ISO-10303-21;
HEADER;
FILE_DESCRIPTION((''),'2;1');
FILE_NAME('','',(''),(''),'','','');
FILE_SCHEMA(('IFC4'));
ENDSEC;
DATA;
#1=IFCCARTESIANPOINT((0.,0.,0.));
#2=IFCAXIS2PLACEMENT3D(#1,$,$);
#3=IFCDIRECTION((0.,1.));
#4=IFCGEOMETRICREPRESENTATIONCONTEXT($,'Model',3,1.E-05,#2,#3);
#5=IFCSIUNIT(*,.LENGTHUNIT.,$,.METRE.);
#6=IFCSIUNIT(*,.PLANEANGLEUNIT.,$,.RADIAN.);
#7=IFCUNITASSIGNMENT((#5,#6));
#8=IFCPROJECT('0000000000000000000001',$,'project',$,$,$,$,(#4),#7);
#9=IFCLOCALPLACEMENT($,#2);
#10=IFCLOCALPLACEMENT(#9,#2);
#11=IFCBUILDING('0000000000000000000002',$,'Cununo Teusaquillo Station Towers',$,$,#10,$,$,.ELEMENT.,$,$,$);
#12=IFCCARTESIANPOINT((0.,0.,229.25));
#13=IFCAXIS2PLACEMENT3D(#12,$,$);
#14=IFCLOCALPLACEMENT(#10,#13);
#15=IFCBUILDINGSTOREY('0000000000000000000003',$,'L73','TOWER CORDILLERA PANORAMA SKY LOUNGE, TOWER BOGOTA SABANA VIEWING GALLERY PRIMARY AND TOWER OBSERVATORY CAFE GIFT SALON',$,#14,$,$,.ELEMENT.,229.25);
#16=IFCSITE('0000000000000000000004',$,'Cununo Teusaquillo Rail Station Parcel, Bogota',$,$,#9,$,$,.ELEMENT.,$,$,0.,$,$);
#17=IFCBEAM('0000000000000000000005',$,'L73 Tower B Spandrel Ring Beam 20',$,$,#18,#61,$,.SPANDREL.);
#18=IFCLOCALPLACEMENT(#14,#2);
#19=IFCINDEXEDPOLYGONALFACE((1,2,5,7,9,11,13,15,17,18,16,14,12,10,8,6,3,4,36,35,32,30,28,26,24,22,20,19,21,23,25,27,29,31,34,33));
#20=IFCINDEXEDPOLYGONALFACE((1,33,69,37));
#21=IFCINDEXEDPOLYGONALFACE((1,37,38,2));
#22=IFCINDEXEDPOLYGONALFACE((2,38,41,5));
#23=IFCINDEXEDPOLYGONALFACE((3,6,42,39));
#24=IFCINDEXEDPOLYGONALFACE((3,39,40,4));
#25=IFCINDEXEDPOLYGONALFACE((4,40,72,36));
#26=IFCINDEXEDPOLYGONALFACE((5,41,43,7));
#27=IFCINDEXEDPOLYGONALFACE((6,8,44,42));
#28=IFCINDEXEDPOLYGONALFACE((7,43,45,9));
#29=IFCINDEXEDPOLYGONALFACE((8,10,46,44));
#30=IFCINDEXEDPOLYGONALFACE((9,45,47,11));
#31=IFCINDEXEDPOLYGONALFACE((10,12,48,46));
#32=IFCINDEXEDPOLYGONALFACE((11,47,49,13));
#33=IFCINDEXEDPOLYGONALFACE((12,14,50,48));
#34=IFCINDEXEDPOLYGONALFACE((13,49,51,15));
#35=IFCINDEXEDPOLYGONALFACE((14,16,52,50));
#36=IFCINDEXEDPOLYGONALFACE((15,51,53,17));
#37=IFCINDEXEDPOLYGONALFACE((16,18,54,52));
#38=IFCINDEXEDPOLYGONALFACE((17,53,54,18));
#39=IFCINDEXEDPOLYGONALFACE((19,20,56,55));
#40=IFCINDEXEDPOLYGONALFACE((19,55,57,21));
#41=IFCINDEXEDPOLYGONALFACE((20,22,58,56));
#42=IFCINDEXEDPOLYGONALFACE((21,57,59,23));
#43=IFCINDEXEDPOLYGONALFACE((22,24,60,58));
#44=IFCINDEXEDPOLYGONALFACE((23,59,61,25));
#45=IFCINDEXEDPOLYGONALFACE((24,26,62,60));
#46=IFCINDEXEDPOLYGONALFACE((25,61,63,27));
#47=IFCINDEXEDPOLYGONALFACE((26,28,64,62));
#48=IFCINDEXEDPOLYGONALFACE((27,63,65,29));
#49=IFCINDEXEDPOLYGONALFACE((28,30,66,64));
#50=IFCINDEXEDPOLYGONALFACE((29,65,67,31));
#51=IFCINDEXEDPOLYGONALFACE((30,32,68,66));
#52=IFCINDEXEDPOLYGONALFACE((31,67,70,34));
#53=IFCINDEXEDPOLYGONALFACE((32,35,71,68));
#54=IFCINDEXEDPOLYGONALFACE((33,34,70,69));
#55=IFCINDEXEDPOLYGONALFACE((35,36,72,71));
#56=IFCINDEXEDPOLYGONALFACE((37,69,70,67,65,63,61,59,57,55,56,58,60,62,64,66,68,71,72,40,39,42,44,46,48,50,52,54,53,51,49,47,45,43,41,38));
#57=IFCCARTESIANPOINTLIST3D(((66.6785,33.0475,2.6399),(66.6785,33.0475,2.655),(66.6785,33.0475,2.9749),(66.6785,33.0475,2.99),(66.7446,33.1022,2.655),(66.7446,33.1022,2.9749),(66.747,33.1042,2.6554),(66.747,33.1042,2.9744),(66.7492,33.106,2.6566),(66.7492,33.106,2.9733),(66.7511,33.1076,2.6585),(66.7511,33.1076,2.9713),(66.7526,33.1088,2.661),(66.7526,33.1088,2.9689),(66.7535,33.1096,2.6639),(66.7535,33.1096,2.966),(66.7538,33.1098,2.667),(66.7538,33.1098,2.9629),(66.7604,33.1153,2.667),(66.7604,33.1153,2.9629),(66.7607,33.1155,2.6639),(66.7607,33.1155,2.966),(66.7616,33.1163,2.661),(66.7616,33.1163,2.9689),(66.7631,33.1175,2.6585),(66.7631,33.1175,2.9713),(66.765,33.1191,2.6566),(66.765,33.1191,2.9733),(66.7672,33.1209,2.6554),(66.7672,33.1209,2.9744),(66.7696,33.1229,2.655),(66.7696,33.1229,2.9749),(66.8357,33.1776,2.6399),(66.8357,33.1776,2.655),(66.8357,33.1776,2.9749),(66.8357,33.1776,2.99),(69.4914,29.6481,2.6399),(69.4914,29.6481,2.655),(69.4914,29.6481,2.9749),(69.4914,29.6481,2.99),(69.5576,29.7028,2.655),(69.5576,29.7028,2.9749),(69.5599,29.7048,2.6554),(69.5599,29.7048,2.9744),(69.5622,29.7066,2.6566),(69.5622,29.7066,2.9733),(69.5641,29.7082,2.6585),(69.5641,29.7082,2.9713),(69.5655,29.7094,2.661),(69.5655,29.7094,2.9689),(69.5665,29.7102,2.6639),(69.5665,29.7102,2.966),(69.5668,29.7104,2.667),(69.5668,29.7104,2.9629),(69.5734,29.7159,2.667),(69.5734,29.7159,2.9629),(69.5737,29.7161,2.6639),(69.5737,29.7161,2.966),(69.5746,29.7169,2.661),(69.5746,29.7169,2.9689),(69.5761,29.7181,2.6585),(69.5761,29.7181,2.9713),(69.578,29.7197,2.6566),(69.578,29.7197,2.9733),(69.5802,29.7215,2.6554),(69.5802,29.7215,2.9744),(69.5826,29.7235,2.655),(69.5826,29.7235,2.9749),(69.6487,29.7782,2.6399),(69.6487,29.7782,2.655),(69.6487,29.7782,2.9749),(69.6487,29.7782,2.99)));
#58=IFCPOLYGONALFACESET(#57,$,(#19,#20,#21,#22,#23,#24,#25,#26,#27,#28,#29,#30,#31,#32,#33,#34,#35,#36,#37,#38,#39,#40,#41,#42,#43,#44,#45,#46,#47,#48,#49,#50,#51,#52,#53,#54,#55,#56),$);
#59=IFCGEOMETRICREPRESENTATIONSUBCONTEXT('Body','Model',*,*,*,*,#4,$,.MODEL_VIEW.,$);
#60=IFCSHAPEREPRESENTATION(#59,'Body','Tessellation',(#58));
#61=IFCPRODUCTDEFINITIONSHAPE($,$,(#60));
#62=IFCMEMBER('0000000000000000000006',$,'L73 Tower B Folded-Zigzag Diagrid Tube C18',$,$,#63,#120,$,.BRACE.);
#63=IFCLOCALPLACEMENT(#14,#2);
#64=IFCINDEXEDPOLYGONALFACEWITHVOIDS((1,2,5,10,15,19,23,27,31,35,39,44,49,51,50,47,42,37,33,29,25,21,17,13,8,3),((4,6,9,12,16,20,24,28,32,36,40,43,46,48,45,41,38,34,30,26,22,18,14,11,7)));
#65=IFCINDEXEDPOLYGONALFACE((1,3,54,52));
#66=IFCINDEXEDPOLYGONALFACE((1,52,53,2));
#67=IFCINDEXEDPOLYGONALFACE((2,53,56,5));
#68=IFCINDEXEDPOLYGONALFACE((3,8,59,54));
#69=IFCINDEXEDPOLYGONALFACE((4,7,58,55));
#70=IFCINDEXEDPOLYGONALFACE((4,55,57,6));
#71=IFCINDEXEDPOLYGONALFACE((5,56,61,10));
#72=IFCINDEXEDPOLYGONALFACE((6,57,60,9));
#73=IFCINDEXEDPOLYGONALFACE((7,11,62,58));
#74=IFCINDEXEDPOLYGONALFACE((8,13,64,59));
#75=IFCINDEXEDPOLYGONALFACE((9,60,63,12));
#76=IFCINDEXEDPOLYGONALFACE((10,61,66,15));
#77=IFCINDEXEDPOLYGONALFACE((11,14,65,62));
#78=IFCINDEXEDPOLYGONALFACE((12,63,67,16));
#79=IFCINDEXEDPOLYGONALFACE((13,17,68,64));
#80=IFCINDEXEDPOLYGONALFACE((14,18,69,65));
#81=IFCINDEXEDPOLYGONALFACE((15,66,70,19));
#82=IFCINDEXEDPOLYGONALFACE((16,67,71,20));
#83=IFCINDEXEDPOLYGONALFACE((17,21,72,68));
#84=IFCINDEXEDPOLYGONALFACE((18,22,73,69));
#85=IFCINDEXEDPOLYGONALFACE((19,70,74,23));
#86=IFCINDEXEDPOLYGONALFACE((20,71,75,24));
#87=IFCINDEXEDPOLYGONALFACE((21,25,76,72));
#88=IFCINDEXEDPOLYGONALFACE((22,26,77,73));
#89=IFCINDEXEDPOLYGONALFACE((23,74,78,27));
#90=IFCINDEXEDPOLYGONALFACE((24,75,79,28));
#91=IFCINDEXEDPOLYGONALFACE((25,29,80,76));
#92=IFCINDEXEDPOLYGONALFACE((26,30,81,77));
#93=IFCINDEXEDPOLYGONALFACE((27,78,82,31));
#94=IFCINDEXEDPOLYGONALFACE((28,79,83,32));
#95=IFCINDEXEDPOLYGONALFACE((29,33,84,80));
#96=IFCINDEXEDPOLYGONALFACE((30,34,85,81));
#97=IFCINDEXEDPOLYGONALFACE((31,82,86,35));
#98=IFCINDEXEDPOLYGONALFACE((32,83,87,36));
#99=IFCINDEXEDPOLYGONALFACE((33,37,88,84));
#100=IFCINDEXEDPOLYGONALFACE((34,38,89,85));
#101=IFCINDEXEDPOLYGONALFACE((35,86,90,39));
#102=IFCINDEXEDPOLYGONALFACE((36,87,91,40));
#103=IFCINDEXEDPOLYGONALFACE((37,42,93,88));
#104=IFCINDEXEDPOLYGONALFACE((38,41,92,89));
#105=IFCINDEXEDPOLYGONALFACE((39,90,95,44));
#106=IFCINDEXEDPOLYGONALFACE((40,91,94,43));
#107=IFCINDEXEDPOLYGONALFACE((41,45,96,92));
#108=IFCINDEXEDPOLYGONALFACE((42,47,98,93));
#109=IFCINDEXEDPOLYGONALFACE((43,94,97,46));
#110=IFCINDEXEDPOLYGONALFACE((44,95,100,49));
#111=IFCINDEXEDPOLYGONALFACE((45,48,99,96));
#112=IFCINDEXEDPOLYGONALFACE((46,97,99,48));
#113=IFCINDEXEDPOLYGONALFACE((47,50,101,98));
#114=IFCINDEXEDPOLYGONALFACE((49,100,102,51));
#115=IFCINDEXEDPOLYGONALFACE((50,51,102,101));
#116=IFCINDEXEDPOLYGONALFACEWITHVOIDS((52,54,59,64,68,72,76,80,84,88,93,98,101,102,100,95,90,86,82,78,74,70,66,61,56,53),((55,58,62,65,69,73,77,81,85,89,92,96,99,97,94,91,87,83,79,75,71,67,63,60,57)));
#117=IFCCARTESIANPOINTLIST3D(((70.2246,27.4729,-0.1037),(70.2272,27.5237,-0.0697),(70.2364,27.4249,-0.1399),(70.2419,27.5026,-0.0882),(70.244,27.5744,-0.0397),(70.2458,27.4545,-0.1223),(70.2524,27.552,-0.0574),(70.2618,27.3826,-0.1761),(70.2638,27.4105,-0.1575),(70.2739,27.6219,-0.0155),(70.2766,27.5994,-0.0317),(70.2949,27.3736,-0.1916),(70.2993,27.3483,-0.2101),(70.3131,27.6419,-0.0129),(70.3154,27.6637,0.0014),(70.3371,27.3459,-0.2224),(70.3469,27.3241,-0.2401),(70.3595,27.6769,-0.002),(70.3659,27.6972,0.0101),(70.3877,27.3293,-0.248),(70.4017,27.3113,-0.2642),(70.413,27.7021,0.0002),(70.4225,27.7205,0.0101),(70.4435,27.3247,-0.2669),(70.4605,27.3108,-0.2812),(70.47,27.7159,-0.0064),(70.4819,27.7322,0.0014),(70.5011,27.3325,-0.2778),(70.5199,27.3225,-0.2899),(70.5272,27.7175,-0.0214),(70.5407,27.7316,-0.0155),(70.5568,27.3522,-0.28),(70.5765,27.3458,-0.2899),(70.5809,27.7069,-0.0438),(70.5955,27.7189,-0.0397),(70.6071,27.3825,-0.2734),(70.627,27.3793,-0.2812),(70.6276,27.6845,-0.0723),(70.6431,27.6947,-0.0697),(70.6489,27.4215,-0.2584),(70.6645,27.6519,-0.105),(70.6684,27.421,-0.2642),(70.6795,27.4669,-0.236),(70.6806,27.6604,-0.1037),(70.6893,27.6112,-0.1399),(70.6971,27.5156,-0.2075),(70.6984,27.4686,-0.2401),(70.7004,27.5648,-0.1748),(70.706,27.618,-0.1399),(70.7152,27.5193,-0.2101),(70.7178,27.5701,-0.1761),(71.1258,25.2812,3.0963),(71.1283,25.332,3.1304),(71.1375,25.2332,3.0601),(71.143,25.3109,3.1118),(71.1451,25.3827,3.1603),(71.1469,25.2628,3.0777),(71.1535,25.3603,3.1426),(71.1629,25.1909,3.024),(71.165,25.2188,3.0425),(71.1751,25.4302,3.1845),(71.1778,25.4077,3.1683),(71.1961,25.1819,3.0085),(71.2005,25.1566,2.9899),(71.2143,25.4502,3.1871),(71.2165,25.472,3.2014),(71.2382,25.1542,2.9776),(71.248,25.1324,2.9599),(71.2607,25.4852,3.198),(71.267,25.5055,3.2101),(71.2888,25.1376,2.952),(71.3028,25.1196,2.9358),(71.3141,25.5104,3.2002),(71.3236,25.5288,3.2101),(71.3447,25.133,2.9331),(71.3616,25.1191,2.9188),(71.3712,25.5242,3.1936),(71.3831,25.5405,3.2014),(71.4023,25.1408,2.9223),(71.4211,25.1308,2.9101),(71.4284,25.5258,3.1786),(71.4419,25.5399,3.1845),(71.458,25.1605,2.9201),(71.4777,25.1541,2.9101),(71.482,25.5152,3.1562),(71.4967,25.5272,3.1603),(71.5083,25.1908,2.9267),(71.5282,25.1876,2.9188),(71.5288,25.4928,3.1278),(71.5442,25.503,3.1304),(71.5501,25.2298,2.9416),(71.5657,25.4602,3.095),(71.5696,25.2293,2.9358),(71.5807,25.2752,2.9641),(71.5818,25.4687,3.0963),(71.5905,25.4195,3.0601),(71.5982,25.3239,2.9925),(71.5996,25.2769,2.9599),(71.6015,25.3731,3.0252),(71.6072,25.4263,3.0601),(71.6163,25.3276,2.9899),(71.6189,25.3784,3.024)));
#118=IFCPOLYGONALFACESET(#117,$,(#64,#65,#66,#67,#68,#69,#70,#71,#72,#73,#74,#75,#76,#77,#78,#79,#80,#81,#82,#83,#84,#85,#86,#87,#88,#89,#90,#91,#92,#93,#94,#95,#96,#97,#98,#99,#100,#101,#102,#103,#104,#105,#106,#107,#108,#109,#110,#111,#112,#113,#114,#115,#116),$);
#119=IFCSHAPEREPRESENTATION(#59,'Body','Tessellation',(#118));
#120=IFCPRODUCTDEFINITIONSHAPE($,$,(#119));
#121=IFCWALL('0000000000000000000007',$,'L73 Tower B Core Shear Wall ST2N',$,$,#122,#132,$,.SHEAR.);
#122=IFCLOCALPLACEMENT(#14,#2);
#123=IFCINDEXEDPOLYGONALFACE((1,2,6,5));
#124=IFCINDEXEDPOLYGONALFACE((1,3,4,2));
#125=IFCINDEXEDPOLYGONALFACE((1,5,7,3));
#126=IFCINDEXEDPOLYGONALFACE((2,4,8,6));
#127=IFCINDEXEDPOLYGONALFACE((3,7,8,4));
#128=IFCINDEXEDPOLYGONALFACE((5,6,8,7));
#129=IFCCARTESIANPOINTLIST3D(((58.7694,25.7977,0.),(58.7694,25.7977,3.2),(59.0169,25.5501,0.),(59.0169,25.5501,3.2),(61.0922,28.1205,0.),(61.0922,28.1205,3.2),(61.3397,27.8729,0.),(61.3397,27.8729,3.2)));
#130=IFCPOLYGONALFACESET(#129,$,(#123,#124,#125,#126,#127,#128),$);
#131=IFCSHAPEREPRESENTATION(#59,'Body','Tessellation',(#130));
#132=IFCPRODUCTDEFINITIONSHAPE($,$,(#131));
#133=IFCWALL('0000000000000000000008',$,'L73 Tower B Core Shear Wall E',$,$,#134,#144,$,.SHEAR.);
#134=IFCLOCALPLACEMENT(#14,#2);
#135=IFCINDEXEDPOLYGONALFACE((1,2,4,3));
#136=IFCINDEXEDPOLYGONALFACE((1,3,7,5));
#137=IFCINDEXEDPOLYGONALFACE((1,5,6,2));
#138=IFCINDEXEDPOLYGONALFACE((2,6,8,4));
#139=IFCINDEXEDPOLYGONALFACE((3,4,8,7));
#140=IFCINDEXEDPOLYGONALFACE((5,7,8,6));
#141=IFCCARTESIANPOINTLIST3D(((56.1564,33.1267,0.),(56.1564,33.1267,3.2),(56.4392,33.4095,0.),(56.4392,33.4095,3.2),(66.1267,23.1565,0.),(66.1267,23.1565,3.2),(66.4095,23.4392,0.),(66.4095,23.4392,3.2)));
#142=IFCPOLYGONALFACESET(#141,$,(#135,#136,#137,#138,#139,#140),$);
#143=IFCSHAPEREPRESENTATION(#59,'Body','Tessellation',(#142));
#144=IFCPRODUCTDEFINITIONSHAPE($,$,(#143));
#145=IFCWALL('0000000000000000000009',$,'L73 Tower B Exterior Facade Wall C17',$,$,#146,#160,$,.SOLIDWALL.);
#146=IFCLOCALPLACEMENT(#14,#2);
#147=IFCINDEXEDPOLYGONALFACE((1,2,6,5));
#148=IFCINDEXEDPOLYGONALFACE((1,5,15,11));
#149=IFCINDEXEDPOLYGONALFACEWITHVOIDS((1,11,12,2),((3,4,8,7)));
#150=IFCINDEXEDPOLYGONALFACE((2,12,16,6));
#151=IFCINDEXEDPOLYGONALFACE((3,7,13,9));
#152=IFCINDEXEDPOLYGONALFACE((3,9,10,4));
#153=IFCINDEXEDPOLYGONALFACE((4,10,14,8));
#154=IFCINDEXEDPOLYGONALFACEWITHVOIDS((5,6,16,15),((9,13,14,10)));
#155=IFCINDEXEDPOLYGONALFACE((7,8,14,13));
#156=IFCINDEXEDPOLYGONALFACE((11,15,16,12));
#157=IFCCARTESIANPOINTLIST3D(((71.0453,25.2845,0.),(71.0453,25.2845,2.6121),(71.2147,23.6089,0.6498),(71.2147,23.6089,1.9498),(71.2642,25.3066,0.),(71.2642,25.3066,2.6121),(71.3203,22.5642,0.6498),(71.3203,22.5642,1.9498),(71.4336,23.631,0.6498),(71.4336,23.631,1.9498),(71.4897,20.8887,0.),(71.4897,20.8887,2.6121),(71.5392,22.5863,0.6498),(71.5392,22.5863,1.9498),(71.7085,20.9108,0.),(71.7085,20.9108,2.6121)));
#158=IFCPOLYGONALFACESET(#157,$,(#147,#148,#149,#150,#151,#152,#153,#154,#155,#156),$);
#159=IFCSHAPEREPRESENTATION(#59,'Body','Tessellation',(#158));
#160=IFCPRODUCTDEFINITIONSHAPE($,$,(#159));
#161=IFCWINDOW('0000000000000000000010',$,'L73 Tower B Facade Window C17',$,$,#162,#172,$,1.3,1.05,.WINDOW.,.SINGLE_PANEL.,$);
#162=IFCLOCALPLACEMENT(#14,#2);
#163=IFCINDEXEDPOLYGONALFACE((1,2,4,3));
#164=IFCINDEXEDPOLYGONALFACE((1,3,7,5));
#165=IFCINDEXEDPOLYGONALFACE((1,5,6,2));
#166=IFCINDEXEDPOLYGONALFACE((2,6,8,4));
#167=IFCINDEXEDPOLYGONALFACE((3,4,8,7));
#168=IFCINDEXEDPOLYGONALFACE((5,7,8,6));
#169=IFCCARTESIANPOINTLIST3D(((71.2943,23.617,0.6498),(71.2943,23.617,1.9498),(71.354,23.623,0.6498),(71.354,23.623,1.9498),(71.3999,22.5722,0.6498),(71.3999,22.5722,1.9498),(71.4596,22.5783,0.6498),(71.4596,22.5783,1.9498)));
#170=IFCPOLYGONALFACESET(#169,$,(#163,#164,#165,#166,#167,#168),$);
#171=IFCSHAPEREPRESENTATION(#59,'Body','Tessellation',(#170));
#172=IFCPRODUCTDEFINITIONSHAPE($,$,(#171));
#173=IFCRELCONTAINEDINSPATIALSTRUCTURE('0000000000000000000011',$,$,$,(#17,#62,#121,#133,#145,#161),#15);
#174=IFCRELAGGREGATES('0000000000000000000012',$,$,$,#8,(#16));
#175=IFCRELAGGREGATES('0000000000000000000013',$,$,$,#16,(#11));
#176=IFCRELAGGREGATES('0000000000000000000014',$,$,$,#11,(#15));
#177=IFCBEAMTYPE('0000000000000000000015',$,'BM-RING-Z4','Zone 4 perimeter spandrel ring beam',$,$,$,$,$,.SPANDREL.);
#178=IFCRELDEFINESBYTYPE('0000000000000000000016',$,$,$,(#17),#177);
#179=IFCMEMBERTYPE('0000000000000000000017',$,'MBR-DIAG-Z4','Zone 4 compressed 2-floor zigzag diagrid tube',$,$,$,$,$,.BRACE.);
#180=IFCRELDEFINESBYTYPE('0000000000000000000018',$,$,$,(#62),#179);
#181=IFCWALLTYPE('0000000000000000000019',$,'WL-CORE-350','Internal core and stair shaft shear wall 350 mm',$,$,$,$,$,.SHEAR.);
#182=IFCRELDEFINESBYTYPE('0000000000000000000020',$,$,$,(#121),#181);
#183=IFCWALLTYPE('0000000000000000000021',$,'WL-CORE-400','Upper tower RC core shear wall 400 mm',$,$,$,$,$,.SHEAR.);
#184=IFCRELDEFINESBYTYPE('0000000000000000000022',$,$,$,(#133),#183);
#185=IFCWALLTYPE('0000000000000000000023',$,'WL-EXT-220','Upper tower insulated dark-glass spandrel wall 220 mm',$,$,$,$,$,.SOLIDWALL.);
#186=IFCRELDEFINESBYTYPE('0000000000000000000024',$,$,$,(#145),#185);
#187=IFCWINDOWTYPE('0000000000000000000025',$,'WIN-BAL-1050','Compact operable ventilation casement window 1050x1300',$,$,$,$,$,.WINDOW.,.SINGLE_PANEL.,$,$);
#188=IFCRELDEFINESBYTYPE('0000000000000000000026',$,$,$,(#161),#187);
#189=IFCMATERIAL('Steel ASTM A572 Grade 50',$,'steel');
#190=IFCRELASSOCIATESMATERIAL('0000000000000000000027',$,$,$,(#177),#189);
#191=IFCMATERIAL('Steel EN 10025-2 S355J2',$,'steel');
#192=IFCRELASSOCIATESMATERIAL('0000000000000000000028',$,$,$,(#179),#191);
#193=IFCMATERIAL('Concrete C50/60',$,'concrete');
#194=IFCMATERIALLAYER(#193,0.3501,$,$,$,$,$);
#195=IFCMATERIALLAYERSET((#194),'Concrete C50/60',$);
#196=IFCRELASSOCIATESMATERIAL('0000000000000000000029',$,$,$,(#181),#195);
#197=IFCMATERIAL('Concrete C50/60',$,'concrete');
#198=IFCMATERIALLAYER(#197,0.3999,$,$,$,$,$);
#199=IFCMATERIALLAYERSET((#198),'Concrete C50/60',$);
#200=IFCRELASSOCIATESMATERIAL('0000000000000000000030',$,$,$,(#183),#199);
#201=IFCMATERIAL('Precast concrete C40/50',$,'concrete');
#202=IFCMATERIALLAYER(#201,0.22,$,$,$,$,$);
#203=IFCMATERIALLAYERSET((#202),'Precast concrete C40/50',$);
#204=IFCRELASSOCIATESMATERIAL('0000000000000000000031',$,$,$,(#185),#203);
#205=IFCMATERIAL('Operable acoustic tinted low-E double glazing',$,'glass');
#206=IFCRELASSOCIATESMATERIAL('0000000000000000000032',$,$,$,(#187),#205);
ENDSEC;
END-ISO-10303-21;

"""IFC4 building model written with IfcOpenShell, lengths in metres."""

from ifc_helpers import new_model, si_unit, direction, frame, frame_2d, origin, origin_2d, place, context, subcontext, project, spatial, rectangle, hollow_circle, i_section, extrude, source, transform, mapped, material, layer, layer_set, material_profile, profile_set, type_object, element, fill, save


model = new_model("IFC4")

# Units and contexts
model_context = context("Model", 3, precision=1e-05, world=origin(), true_north=direction((0.0, 1.0)))
body_context = subcontext(model_context, "Body", "Model", "MODEL_VIEW")
ifc_project = project(units=[si_unit("LENGTHUNIT", "METRE"), si_unit("PLANEANGLEUNIT", "RADIAN")], contexts=[model_context])

# Site, building, storey
site_placement = place(None, origin())
site = spatial("IfcSite", under=ifc_project, at=site_placement, Name="Cununo Teusaquillo Rail Station Parcel, Bogota", CompositionType="ELEMENT", RefElevation=0.0)
building_placement = place(site_placement, origin())
building = spatial("IfcBuilding", under=site, at=building_placement, Name="Cununo Teusaquillo Station Towers", CompositionType="ELEMENT")
storey_placement = place(building_placement, frame((0.0, 0.0, 229.25)))
storey = spatial("IfcBuildingStorey", under=building, at=storey_placement, Name="L73", Description="TOWER CORDILLERA PANORAMA SKY LOUNGE, TOWER BOGOTA SABANA VIEWING GALLERY PRIMARY AND TOWER OBSERVATORY CAFE GIFT SALON", CompositionType="ELEMENT", Elevation=229.25)

# Beam
ifc_material_1 = material(Name="Steel ASTM A572 Grade 50", Category="steel")
ifc_material_profile_1 = material_profile(ifc_material_1, i_section(OverallWidth=0.2041, OverallDepth=0.3501, WebThickness=0.0085, FlangeThickness=0.0151, FilletRadius=0.012, at=origin_2d()), Name="W14X48")
ifc_profile_set_1 = profile_set([ifc_material_profile_1], Name="Steel ASTM A572 Grade 50")
beam_type_1 = type_object("IfcBeamType", Name="BM-RING-Z4", Description="Zone 4 perimeter spandrel ring beam", PredefinedType="SPANDREL", material=ifc_profile_set_1)
beam_1_placement = place(storey_placement, frame((69.5701, 29.7131, 2.8149), z_axis=(-0.637525, 0.77043, 0.0), x_axis=(-0.77043, -0.637525, 0.0)))
element("IfcBeam", 1, at=beam_1_placement, inside=storey, type_object=beam_type_1, Name="L73 Tower B Spandrel Ring Beam 20", PredefinedType="SPANDREL", context=body_context, shape_type="SweptSolid", body=[
    extrude(i_section(OverallWidth=0.2041, OverallDepth=0.3501, WebThickness=0.0085, FlangeThickness=0.0151, FilletRadius=0.012, at=origin_2d()), origin(), (0.0, 0.0, 1.0), 4.4124),
])

# Member
ifc_material_2 = material(Name="Steel EN 10025-2 S355J2", Category="steel")
ifc_material_profile_2 = material_profile(ifc_material_2, hollow_circle(Radius=0.2539, WallThickness=0.0181, at=origin_2d()), Name="CHS 508x18")
ifc_profile_set_2 = profile_set([ifc_material_profile_2], Name="Steel EN 10025-2 S355J2")
member_type = type_object("IfcMemberType", Name="MBR-DIAG-Z4", Description="Zone 4 compressed 2-floor zigzag diagrid tube", PredefinedType="BRACE", material=ifc_profile_set_2)
member_placement = place(storey_placement, frame((70.4712, 27.5215, -0.1399), z_axis=(0.226308, -0.550412, 0.803637), x_axis=(0.924874, 0.380273, 0.0)))
element("IfcMember", 2, at=member_placement, inside=storey, type_object=member_type, Name="L73 Tower B Folded-Zigzag Diagrid Tube C18", PredefinedType="BRACE", context=body_context, shape_type="SweptSolid", body=[
    extrude(hollow_circle(Radius=0.2539, WallThickness=0.0181, at=origin_2d()), origin(), (0.0, 0.0, 1.0), 3.9819),
])

# Walls
ifc_material_3 = material(Name="Concrete C50/60", Category="concrete")
ifc_layer_1 = layer(ifc_material_3, 0.3501)
ifc_layer_set_1 = layer_set([ifc_layer_1], Name="Concrete C50/60")
wall_type_1 = type_object("IfcWallType", Name="WL-CORE-350", Description="Internal core and stair shaft shear wall 350 mm", PredefinedType="SHEAR", material=ifc_layer_set_1)
wall_1_placement = place(storey_placement, frame((58.8931, 25.6738, 0.0), z_axis=(0.0, 0.0, 1.0), x_axis=(0.707107, 0.707107, 0.0)))
element("IfcWall", 3, at=wall_1_placement, inside=storey, type_object=wall_type_1, Name="L73 Tower B Core Shear Wall ST2N", PredefinedType="SHEAR", context=body_context, shape_type="SweptSolid", body=[
    extrude(rectangle(XDim=3.2849, YDim=0.3501, at=frame_2d((1.6426, 0.0))), origin(), (0.0, 0.0, 1.0), 3.2),
])
ifc_material_4 = material(Name="Concrete C50/60", Category="concrete")
ifc_layer_2 = layer(ifc_material_4, 0.3999)
ifc_layer_set_2 = layer_set([ifc_layer_2], Name="Concrete C50/60")
wall_type_2 = type_object("IfcWallType", Name="WL-CORE-400", Description="Upper tower RC core shear wall 400 mm", PredefinedType="SHEAR", material=ifc_layer_set_2)
wall_2_placement = place(storey_placement, frame((66.2681, 23.2979, 0.0), z_axis=(0.0, 0.0, 1.0), x_axis=(-0.707107, 0.707107, 0.0)))
element("IfcWall", 4, at=wall_2_placement, inside=storey, type_object=wall_type_2, Name="L73 Tower B Core Shear Wall E", PredefinedType="SHEAR", context=body_context, shape_type="SweptSolid", body=[
    extrude(rectangle(XDim=14.1001, YDim=0.3999, at=frame_2d((7.05, 0.0))), origin(), (0.0, 0.0, 1.0), 3.2),
])

# Wall, opening, window
ifc_material_5 = material(Name="Precast concrete C40/50", Category="concrete")
ifc_layer_3 = layer(ifc_material_5, 0.22)
ifc_layer_set_3 = layer_set([ifc_layer_3], Name="Precast concrete C40/50")
wall_type_3 = type_object("IfcWallType", Name="WL-EXT-220", Description="Upper tower insulated dark-glass spandrel wall 220 mm", PredefinedType="SOLIDWALL", material=ifc_layer_set_3)
wall_3_placement = place(storey_placement, frame((71.1548, 25.2954, 0.0), z_axis=(0.0, 0.0, 1.0), x_axis=(0.100571, -0.99493, 0.0)))
wall_3 = element("IfcWall", 5, at=wall_3_placement, inside=storey, type_object=wall_type_3, Name="L73 Tower B Exterior Facade Wall C17", PredefinedType="SOLIDWALL", context=body_context, shape_type="SweptSolid", body=[
    extrude(rectangle(XDim=4.4182, YDim=0.22, at=frame_2d((2.209, 0.0))), origin(), (0.0, 0.0, 1.0), 2.6121),
])
shared_shape_1 = source(origin(), body_context, "Body", "SweptSolid", [
    extrude(rectangle(XDim=1.05, YDim=1.3, at=frame_2d((0.5249, 0.6499))), frame((0.0, 0.1199, 0.0), z_axis=(0.0, -1.0, 0.0), x_axis=(1.0, 0.0, 0.0)), (0.0, 0.0, 1.0), 0.24),
])
opening_1_placement = place(wall_3_placement, frame((1.6841, 0.0, 0.6499)))
opening_1 = element("IfcOpeningElement", 6, at=opening_1_placement, cuts=wall_3, PredefinedType="OPENING", context=body_context, shape_type="MappedRepresentation", body=[
    mapped(shared_shape_1, transform((0.0, 0.0, 0.0), x_axis=(1.0, 0.0, 0.0), y_axis=(0.0, 1.0, 0.0), z_axis=(0.0, 0.0, 1.0), scale=1.0)),
])
ifc_material_6 = material(Name="Operable acoustic tinted low-E double glazing", Category="glass")
window_type = type_object("IfcWindowType", Name="WIN-BAL-1050", Description="Compact operable ventilation casement window 1050x1300", PartitioningType="SINGLE_PANEL", PredefinedType="WINDOW", material=ifc_material_6)
shared_shape_2 = source(origin(), body_context, "Body", "SweptSolid", [
    extrude(rectangle(XDim=1.05, YDim=1.3, at=frame_2d((0.5249, 0.6499))), frame((0.0, 0.03, 0.0), z_axis=(0.0, -1.0, 0.0), x_axis=(1.0, 0.0, 0.0)), (0.0, 0.0, 1.0), 0.0601),
])
window_placement = place(opening_1_placement, origin())
window = element("IfcWindow", 7, at=window_placement, inside=storey, type_object=window_type, Name="L73 Tower B Facade Window C17", OverallHeight=1.3, OverallWidth=1.05, PartitioningType="SINGLE_PANEL", PredefinedType="WINDOW", context=body_context, shape_type="MappedRepresentation", body=[
    mapped(shared_shape_2, transform((0.0, 0.0, 0.0), x_axis=(1.0, 0.0, 0.0), y_axis=(0.0, 1.0, 0.0), z_axis=(0.0, 0.0, 1.0), scale=1.0)),
])
fill(opening_1, window)

save(model, "model.ifc")
